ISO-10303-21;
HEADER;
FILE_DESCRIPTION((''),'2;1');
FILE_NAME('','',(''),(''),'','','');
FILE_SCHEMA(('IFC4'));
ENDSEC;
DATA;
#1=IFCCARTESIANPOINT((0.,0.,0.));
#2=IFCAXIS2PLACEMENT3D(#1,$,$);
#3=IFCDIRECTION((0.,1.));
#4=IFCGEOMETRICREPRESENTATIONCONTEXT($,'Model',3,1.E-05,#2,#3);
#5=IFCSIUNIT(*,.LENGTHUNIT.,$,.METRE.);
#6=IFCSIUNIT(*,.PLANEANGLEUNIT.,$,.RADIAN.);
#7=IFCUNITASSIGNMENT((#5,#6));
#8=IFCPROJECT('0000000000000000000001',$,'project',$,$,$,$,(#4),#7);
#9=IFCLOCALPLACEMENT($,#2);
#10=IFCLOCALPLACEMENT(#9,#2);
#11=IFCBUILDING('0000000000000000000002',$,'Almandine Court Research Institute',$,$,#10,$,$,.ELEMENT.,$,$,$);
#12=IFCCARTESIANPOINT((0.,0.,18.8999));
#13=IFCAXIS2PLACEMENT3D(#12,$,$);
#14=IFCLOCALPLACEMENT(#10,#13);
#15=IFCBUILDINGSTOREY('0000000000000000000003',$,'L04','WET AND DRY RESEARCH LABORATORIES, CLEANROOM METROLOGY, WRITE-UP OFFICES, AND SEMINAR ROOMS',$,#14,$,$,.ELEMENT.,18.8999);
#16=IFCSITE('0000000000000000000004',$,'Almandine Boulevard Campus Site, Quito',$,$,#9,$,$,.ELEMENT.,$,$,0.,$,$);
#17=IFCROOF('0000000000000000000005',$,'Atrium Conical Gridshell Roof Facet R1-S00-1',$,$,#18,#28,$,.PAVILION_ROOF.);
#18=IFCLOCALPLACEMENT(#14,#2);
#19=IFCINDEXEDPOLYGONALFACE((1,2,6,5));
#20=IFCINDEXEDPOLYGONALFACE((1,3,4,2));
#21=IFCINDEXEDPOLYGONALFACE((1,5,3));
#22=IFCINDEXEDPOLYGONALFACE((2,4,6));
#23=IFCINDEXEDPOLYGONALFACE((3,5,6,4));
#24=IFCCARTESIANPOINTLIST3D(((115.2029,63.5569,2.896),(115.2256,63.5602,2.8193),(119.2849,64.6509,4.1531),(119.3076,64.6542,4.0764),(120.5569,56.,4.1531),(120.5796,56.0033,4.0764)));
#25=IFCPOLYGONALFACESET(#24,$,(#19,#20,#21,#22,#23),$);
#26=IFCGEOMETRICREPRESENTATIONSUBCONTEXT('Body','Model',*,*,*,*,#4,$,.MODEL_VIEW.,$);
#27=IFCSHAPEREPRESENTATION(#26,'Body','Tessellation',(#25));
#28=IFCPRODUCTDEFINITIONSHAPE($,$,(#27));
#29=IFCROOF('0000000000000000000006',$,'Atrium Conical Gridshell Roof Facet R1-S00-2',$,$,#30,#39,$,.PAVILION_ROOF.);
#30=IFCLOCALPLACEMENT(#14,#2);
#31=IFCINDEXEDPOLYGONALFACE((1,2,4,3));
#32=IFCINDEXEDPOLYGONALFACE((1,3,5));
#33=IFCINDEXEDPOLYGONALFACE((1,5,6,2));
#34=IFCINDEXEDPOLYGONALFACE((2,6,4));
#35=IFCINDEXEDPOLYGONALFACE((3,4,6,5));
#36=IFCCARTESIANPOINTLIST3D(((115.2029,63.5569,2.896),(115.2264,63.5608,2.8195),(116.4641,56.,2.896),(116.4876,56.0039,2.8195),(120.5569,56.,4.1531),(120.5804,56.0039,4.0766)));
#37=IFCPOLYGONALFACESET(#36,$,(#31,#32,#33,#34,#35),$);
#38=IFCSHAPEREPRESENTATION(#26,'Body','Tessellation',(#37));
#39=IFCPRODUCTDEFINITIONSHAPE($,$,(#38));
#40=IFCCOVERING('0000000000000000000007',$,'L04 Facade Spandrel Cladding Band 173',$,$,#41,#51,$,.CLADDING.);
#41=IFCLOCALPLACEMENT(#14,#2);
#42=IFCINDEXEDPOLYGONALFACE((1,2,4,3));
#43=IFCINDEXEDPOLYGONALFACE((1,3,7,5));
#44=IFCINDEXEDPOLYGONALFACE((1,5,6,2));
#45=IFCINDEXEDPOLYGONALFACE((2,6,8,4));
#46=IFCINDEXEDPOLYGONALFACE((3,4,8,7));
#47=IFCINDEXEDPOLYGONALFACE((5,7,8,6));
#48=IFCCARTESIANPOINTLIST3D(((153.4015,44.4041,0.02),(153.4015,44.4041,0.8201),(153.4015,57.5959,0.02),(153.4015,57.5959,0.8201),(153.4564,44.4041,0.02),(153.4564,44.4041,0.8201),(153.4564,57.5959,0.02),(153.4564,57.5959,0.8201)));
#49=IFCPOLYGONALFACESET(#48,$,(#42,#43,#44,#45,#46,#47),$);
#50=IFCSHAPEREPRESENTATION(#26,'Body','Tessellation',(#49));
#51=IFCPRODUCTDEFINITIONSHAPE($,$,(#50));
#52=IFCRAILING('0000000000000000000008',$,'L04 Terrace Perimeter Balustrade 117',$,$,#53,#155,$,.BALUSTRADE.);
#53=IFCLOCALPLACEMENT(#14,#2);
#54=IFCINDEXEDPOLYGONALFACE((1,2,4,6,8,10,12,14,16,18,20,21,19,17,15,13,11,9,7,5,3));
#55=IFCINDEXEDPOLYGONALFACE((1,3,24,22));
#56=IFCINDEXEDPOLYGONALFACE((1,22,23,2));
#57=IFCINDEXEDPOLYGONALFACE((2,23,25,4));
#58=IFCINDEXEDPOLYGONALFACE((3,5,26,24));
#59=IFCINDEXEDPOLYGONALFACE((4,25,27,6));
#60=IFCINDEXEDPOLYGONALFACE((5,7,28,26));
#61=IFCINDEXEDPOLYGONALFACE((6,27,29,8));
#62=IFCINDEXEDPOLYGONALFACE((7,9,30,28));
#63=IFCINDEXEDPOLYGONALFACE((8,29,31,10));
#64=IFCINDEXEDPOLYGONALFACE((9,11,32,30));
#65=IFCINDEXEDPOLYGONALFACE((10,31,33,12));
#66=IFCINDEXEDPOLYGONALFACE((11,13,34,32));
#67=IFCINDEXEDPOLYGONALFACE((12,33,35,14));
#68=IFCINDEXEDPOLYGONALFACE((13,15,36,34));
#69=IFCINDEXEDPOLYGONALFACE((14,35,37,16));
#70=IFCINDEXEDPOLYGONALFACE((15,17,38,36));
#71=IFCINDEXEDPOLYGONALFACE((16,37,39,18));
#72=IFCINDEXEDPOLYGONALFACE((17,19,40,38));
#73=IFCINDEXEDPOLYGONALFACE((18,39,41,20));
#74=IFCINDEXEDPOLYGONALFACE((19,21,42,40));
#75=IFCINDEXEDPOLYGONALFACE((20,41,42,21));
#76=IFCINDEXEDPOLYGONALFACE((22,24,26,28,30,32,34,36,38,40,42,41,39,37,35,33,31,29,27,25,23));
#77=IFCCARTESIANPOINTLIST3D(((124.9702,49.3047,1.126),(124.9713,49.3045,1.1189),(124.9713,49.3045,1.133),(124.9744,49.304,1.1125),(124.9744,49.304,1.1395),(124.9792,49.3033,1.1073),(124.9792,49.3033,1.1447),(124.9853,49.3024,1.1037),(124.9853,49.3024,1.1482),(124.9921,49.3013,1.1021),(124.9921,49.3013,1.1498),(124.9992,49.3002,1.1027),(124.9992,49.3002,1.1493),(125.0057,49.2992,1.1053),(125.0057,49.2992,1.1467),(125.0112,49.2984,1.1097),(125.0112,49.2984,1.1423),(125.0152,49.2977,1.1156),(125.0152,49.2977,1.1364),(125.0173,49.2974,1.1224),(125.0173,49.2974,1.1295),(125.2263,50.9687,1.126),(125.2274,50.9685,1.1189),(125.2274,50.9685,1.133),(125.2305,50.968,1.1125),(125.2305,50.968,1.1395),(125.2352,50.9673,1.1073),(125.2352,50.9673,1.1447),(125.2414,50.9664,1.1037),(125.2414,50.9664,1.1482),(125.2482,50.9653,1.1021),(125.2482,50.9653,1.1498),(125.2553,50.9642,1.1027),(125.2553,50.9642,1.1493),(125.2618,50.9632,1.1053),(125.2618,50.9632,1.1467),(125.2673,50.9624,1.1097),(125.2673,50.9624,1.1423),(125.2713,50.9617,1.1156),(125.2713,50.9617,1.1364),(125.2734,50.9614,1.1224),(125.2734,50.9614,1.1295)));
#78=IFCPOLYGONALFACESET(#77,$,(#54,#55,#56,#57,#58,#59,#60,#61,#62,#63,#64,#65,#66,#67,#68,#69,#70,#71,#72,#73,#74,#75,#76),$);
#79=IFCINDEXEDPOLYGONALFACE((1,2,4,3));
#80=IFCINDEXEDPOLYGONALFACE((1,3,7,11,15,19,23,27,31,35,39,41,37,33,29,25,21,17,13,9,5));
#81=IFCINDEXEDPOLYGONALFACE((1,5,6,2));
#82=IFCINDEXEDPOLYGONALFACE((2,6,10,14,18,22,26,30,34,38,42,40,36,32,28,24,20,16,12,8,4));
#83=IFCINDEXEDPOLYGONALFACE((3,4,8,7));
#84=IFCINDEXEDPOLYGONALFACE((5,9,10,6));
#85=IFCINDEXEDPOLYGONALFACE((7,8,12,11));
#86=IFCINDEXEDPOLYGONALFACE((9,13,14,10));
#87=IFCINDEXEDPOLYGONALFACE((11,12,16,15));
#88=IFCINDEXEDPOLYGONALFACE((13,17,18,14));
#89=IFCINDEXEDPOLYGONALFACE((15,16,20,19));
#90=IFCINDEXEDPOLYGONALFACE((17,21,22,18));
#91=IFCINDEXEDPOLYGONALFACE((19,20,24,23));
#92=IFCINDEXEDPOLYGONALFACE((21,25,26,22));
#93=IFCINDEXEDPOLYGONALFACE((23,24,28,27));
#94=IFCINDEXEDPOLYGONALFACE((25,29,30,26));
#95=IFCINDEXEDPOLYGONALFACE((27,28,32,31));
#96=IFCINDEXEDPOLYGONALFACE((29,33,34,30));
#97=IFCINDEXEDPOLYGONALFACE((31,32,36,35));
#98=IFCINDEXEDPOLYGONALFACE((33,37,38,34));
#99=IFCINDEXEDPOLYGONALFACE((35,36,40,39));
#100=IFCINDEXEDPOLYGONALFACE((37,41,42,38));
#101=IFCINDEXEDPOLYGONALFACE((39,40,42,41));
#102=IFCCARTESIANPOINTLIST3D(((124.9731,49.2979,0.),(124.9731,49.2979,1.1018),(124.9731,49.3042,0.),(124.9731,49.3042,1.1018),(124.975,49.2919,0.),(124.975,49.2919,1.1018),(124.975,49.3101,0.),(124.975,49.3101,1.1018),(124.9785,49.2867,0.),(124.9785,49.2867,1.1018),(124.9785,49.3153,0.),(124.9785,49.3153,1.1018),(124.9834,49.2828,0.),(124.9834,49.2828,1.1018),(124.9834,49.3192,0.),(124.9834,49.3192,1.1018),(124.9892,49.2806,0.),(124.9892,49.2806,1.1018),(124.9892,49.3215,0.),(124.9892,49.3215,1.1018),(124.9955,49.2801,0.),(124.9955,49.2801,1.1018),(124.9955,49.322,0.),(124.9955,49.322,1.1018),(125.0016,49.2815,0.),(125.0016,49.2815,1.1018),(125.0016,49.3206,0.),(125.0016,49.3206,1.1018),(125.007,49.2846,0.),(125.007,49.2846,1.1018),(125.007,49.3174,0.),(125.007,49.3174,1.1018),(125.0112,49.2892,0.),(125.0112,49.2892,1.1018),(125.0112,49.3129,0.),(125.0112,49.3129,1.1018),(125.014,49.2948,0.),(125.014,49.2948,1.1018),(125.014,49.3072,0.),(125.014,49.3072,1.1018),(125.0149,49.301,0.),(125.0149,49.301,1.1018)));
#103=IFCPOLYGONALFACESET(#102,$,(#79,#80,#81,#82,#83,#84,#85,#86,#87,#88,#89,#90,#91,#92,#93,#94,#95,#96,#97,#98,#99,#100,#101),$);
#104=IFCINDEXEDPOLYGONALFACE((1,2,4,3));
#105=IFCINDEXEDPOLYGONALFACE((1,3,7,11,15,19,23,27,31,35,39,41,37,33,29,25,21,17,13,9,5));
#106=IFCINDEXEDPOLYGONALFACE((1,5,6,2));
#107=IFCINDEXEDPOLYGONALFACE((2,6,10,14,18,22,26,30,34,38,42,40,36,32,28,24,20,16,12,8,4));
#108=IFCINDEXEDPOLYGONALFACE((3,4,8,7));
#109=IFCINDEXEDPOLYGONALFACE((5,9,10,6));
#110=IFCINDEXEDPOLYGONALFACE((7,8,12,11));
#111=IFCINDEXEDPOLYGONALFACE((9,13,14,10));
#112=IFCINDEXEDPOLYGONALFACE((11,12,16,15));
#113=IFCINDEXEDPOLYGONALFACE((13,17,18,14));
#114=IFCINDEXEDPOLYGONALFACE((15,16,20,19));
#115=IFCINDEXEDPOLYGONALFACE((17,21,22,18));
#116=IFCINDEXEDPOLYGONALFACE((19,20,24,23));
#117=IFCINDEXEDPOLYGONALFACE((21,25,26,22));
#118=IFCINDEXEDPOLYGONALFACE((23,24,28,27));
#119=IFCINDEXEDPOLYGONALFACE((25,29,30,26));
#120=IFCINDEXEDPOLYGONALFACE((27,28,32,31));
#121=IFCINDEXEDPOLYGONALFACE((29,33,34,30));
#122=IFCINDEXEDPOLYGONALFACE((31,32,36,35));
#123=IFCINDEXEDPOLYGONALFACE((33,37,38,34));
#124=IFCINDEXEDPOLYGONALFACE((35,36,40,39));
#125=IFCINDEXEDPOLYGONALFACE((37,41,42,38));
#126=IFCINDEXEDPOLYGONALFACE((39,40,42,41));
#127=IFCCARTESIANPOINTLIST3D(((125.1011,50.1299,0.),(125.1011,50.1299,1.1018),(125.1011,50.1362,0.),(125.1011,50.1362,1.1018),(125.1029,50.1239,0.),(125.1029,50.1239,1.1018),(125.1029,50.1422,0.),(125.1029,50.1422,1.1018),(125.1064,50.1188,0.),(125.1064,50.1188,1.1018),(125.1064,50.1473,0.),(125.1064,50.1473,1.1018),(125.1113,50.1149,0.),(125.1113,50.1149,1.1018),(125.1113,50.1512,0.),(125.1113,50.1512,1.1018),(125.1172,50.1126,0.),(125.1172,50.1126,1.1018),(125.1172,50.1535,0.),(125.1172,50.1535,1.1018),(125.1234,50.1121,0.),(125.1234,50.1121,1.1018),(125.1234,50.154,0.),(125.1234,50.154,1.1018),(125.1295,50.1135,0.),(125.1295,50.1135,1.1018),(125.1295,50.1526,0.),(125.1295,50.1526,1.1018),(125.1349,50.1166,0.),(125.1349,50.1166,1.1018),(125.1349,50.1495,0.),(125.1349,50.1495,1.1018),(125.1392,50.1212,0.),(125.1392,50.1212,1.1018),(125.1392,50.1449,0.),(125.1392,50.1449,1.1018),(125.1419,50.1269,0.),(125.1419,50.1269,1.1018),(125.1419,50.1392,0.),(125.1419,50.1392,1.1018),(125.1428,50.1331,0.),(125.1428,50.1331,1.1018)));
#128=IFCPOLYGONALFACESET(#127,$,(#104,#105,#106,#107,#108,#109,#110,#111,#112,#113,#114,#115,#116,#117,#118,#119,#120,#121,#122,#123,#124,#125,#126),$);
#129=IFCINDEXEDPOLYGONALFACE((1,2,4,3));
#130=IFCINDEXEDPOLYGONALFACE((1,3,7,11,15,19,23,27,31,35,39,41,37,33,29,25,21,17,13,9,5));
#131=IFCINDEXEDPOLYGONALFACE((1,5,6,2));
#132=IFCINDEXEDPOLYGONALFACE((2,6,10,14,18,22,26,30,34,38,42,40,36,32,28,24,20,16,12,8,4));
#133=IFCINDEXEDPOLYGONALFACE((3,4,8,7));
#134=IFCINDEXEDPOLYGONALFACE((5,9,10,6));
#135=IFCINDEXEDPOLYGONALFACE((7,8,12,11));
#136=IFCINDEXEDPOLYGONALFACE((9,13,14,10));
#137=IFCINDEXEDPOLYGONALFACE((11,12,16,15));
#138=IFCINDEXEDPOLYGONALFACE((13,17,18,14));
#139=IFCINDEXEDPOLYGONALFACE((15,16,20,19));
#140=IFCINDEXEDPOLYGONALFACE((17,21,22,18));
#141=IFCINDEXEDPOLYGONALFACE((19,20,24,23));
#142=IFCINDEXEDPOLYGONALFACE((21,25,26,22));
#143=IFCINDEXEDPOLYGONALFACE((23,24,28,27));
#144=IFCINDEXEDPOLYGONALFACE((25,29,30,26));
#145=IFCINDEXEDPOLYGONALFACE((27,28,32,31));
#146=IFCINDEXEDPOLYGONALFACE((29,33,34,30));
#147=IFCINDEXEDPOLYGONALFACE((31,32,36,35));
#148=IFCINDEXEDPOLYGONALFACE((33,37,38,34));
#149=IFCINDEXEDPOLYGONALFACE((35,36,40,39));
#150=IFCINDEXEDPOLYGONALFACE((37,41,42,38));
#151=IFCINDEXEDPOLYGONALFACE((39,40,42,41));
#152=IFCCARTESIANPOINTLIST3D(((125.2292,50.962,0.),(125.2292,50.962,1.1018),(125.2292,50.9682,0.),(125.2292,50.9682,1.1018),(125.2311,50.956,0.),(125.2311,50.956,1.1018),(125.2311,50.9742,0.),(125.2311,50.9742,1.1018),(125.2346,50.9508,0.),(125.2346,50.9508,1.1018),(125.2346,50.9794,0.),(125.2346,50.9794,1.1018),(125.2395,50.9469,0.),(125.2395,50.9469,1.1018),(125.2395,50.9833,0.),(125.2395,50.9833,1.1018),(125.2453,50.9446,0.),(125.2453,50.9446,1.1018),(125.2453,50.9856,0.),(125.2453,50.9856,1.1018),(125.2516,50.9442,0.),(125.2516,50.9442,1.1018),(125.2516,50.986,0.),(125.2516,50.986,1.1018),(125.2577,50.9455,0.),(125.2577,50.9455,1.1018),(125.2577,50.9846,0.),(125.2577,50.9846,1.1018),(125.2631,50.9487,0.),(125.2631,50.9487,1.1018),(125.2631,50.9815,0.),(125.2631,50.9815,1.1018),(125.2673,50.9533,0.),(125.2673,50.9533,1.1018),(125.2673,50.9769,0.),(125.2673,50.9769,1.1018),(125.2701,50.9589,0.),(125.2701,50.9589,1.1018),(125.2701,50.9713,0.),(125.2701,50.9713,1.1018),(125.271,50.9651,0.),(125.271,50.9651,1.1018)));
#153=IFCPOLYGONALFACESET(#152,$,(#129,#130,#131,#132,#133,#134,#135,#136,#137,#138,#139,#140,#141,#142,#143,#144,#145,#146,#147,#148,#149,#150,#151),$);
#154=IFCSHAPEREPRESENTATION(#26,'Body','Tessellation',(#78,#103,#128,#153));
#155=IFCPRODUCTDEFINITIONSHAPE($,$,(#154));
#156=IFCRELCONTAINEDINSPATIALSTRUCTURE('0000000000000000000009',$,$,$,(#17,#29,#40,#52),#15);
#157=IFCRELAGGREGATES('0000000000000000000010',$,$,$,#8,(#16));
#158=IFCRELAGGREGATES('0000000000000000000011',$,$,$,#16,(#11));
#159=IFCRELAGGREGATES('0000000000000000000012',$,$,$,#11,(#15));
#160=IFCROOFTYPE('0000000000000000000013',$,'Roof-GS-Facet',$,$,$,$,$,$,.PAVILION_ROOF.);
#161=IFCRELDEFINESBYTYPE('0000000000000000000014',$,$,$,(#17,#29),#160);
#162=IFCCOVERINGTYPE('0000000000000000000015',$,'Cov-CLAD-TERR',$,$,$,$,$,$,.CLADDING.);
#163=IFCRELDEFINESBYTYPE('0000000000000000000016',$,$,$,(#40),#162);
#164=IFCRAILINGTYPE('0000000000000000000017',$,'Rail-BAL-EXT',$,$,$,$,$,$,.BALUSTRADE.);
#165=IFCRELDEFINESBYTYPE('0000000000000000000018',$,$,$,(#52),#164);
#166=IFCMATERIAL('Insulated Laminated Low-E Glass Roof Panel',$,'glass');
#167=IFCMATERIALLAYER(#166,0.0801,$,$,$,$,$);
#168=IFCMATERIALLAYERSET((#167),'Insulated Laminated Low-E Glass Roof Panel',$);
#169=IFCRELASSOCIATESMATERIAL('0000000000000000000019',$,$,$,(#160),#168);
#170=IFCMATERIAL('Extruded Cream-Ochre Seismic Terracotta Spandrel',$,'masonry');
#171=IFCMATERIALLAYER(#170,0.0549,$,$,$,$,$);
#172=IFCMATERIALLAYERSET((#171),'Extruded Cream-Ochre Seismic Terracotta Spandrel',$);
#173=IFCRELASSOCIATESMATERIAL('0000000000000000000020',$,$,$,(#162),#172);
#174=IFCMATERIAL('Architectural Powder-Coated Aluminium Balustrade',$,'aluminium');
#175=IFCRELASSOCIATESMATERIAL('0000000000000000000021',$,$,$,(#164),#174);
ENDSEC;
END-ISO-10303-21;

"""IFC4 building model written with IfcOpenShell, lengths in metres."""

from ifc_helpers import new_model, si_unit, direction, frame, origin, origin_2d, place, context, subcontext, project, spatial, polyline, rectangle, circle, outline, extrude, material, layer, layer_set, type_object, element, save


model = new_model("IFC4")

# Units and contexts
model_context = context("Model", 3, precision=1e-05, world=origin(), true_north=direction((0.0, 1.0)))
body_context = subcontext(model_context, "Body", "Model", "MODEL_VIEW")
ifc_project = project(units=[si_unit("LENGTHUNIT", "METRE"), si_unit("PLANEANGLEUNIT", "RADIAN")], contexts=[model_context])

# Site, building, storey
site_placement = place(None, origin())
site = spatial("IfcSite", under=ifc_project, at=site_placement, Name="Almandine Boulevard Campus Site, Quito", CompositionType="ELEMENT", RefElevation=0.0)
building_placement = place(site_placement, origin())
building = spatial("IfcBuilding", under=site, at=building_placement, Name="Almandine Court Research Institute", CompositionType="ELEMENT")
storey_placement = place(building_placement, frame((0.0, 0.0, 18.8999)))
storey = spatial("IfcBuildingStorey", under=building, at=storey_placement, Name="L04", Description="WET AND DRY RESEARCH LABORATORIES, CLEANROOM METROLOGY, WRITE-UP OFFICES, AND SEMINAR ROOMS", CompositionType="ELEMENT", Elevation=18.8999)

# Roofs
ifc_material_1 = material(Name="Insulated Laminated Low-E Glass Roof Panel", Category="glass")
ifc_layer_1 = layer(ifc_material_1, 0.0801)
ifc_layer_set_1 = layer_set([ifc_layer_1], Name="Insulated Laminated Low-E Glass Roof Panel")
roof_type = type_object("IfcRoofType", Name="Roof-GS-Facet", PredefinedType="PAVILION_ROOF", material=ifc_layer_set_1)
roof_1_placement = place(storey_placement, frame((120.5569, 56.0, 4.1531), z_axis=(-0.283826, -0.041732, 0.957967), x_axis=(-0.14547, 0.989363, 0.0)))
element("IfcRoof", 1, at=roof_1_placement, inside=storey, type_object=roof_type, Name="Atrium Conical Gridshell Roof Facet R1-S00-1", PredefinedType="PAVILION_ROOF", context=body_context, shape_type="SweptSolid", body=[
    extrude(outline(polyline([(0.0, 0.0), (8.7439, 0.0), (8.2553, 4.3819), (0.0, 0.0)])), origin(), (0.0, 0.0, -1.0), 0.0801),
])
roof_2_placement = place(storey_placement, frame((120.5569, 56.0, 4.1531), z_axis=(-0.293257, -0.048944, 0.95478), x_axis=(-0.572851, 0.808549, -0.134501)))
element("IfcRoof", 2, at=roof_2_placement, inside=storey, type_object=roof_type, Name="Atrium Conical Gridshell Roof Facet R1-S00-2", PredefinedType="PAVILION_ROOF", context=body_context, shape_type="SweptSolid", body=[
    extrude(outline(polyline([(0.0, 0.0), (9.3462, 0.0), (2.5136, 3.4659), (0.0, 0.0)])), origin(), (0.0, 0.0, -1.0), 0.0801),
])

# Covering
ifc_material_2 = material(Name="Extruded Cream-Ochre Seismic Terracotta Spandrel", Category="masonry")
ifc_layer_2 = layer(ifc_material_2, 0.0549)
ifc_layer_set_2 = layer_set([ifc_layer_2], Name="Extruded Cream-Ochre Seismic Terracotta Spandrel")
covering_type = type_object("IfcCoveringType", Name="Cov-CLAD-TERR", PredefinedType="CLADDING", material=ifc_layer_set_2)
covering_placement = place(storey_placement, frame((153.429, 51.0, 0.02), z_axis=(0.0, 0.0, 1.0), x_axis=(0.0, 1.0, 0.0)))
element("IfcCovering", 3, at=covering_placement, inside=storey, type_object=covering_type, Name="L04 Facade Spandrel Cladding Band 173", PredefinedType="CLADDING", context=body_context, shape_type="SweptSolid", body=[
    extrude(rectangle(XDim=13.1919, YDim=0.0549, at=origin_2d()), origin(), (0.0, 0.0, 1.0), 0.8),
])

# Railing
ifc_material_3 = material(Name="Architectural Powder-Coated Aluminium Balustrade", Category="aluminium")
railing_type = type_object("IfcRailingType", Name="Rail-BAL-EXT", PredefinedType="BALUSTRADE", material=ifc_material_3)
railing_1_placement = place(storey_placement, frame((124.9939, 49.301, 0.0)))
element("IfcRailing", 4, at=railing_1_placement, inside=storey, type_object=railing_type, Name="L04 Terrace Perimeter Balustrade 117", PredefinedType="BALUSTRADE", context=body_context, shape_type="SweptSolid", body=[
    extrude(circle(Radius=0.0239, at=origin_2d()), frame((0.0, 0.0, 1.126), z_axis=(0.152112, 0.988363, 0.0), x_axis=(-0.988363, 0.152112, 0.0)), (0.0, 0.0, 1.0), 1.6836),
    extrude(circle(Radius=0.021, at=origin_2d()), origin(), (0.0, 0.0, 1.0), 1.1018),
    extrude(circle(Radius=0.021, at=origin_2d()), frame((0.1279, 0.832, 0.0)), (0.0, 0.0, 1.0), 1.1018),
    extrude(circle(Radius=0.021, at=origin_2d()), frame((0.2561, 1.6641, 0.0)), (0.0, 0.0, 1.0), 1.1018),
])

save(model, "model.ifc")
